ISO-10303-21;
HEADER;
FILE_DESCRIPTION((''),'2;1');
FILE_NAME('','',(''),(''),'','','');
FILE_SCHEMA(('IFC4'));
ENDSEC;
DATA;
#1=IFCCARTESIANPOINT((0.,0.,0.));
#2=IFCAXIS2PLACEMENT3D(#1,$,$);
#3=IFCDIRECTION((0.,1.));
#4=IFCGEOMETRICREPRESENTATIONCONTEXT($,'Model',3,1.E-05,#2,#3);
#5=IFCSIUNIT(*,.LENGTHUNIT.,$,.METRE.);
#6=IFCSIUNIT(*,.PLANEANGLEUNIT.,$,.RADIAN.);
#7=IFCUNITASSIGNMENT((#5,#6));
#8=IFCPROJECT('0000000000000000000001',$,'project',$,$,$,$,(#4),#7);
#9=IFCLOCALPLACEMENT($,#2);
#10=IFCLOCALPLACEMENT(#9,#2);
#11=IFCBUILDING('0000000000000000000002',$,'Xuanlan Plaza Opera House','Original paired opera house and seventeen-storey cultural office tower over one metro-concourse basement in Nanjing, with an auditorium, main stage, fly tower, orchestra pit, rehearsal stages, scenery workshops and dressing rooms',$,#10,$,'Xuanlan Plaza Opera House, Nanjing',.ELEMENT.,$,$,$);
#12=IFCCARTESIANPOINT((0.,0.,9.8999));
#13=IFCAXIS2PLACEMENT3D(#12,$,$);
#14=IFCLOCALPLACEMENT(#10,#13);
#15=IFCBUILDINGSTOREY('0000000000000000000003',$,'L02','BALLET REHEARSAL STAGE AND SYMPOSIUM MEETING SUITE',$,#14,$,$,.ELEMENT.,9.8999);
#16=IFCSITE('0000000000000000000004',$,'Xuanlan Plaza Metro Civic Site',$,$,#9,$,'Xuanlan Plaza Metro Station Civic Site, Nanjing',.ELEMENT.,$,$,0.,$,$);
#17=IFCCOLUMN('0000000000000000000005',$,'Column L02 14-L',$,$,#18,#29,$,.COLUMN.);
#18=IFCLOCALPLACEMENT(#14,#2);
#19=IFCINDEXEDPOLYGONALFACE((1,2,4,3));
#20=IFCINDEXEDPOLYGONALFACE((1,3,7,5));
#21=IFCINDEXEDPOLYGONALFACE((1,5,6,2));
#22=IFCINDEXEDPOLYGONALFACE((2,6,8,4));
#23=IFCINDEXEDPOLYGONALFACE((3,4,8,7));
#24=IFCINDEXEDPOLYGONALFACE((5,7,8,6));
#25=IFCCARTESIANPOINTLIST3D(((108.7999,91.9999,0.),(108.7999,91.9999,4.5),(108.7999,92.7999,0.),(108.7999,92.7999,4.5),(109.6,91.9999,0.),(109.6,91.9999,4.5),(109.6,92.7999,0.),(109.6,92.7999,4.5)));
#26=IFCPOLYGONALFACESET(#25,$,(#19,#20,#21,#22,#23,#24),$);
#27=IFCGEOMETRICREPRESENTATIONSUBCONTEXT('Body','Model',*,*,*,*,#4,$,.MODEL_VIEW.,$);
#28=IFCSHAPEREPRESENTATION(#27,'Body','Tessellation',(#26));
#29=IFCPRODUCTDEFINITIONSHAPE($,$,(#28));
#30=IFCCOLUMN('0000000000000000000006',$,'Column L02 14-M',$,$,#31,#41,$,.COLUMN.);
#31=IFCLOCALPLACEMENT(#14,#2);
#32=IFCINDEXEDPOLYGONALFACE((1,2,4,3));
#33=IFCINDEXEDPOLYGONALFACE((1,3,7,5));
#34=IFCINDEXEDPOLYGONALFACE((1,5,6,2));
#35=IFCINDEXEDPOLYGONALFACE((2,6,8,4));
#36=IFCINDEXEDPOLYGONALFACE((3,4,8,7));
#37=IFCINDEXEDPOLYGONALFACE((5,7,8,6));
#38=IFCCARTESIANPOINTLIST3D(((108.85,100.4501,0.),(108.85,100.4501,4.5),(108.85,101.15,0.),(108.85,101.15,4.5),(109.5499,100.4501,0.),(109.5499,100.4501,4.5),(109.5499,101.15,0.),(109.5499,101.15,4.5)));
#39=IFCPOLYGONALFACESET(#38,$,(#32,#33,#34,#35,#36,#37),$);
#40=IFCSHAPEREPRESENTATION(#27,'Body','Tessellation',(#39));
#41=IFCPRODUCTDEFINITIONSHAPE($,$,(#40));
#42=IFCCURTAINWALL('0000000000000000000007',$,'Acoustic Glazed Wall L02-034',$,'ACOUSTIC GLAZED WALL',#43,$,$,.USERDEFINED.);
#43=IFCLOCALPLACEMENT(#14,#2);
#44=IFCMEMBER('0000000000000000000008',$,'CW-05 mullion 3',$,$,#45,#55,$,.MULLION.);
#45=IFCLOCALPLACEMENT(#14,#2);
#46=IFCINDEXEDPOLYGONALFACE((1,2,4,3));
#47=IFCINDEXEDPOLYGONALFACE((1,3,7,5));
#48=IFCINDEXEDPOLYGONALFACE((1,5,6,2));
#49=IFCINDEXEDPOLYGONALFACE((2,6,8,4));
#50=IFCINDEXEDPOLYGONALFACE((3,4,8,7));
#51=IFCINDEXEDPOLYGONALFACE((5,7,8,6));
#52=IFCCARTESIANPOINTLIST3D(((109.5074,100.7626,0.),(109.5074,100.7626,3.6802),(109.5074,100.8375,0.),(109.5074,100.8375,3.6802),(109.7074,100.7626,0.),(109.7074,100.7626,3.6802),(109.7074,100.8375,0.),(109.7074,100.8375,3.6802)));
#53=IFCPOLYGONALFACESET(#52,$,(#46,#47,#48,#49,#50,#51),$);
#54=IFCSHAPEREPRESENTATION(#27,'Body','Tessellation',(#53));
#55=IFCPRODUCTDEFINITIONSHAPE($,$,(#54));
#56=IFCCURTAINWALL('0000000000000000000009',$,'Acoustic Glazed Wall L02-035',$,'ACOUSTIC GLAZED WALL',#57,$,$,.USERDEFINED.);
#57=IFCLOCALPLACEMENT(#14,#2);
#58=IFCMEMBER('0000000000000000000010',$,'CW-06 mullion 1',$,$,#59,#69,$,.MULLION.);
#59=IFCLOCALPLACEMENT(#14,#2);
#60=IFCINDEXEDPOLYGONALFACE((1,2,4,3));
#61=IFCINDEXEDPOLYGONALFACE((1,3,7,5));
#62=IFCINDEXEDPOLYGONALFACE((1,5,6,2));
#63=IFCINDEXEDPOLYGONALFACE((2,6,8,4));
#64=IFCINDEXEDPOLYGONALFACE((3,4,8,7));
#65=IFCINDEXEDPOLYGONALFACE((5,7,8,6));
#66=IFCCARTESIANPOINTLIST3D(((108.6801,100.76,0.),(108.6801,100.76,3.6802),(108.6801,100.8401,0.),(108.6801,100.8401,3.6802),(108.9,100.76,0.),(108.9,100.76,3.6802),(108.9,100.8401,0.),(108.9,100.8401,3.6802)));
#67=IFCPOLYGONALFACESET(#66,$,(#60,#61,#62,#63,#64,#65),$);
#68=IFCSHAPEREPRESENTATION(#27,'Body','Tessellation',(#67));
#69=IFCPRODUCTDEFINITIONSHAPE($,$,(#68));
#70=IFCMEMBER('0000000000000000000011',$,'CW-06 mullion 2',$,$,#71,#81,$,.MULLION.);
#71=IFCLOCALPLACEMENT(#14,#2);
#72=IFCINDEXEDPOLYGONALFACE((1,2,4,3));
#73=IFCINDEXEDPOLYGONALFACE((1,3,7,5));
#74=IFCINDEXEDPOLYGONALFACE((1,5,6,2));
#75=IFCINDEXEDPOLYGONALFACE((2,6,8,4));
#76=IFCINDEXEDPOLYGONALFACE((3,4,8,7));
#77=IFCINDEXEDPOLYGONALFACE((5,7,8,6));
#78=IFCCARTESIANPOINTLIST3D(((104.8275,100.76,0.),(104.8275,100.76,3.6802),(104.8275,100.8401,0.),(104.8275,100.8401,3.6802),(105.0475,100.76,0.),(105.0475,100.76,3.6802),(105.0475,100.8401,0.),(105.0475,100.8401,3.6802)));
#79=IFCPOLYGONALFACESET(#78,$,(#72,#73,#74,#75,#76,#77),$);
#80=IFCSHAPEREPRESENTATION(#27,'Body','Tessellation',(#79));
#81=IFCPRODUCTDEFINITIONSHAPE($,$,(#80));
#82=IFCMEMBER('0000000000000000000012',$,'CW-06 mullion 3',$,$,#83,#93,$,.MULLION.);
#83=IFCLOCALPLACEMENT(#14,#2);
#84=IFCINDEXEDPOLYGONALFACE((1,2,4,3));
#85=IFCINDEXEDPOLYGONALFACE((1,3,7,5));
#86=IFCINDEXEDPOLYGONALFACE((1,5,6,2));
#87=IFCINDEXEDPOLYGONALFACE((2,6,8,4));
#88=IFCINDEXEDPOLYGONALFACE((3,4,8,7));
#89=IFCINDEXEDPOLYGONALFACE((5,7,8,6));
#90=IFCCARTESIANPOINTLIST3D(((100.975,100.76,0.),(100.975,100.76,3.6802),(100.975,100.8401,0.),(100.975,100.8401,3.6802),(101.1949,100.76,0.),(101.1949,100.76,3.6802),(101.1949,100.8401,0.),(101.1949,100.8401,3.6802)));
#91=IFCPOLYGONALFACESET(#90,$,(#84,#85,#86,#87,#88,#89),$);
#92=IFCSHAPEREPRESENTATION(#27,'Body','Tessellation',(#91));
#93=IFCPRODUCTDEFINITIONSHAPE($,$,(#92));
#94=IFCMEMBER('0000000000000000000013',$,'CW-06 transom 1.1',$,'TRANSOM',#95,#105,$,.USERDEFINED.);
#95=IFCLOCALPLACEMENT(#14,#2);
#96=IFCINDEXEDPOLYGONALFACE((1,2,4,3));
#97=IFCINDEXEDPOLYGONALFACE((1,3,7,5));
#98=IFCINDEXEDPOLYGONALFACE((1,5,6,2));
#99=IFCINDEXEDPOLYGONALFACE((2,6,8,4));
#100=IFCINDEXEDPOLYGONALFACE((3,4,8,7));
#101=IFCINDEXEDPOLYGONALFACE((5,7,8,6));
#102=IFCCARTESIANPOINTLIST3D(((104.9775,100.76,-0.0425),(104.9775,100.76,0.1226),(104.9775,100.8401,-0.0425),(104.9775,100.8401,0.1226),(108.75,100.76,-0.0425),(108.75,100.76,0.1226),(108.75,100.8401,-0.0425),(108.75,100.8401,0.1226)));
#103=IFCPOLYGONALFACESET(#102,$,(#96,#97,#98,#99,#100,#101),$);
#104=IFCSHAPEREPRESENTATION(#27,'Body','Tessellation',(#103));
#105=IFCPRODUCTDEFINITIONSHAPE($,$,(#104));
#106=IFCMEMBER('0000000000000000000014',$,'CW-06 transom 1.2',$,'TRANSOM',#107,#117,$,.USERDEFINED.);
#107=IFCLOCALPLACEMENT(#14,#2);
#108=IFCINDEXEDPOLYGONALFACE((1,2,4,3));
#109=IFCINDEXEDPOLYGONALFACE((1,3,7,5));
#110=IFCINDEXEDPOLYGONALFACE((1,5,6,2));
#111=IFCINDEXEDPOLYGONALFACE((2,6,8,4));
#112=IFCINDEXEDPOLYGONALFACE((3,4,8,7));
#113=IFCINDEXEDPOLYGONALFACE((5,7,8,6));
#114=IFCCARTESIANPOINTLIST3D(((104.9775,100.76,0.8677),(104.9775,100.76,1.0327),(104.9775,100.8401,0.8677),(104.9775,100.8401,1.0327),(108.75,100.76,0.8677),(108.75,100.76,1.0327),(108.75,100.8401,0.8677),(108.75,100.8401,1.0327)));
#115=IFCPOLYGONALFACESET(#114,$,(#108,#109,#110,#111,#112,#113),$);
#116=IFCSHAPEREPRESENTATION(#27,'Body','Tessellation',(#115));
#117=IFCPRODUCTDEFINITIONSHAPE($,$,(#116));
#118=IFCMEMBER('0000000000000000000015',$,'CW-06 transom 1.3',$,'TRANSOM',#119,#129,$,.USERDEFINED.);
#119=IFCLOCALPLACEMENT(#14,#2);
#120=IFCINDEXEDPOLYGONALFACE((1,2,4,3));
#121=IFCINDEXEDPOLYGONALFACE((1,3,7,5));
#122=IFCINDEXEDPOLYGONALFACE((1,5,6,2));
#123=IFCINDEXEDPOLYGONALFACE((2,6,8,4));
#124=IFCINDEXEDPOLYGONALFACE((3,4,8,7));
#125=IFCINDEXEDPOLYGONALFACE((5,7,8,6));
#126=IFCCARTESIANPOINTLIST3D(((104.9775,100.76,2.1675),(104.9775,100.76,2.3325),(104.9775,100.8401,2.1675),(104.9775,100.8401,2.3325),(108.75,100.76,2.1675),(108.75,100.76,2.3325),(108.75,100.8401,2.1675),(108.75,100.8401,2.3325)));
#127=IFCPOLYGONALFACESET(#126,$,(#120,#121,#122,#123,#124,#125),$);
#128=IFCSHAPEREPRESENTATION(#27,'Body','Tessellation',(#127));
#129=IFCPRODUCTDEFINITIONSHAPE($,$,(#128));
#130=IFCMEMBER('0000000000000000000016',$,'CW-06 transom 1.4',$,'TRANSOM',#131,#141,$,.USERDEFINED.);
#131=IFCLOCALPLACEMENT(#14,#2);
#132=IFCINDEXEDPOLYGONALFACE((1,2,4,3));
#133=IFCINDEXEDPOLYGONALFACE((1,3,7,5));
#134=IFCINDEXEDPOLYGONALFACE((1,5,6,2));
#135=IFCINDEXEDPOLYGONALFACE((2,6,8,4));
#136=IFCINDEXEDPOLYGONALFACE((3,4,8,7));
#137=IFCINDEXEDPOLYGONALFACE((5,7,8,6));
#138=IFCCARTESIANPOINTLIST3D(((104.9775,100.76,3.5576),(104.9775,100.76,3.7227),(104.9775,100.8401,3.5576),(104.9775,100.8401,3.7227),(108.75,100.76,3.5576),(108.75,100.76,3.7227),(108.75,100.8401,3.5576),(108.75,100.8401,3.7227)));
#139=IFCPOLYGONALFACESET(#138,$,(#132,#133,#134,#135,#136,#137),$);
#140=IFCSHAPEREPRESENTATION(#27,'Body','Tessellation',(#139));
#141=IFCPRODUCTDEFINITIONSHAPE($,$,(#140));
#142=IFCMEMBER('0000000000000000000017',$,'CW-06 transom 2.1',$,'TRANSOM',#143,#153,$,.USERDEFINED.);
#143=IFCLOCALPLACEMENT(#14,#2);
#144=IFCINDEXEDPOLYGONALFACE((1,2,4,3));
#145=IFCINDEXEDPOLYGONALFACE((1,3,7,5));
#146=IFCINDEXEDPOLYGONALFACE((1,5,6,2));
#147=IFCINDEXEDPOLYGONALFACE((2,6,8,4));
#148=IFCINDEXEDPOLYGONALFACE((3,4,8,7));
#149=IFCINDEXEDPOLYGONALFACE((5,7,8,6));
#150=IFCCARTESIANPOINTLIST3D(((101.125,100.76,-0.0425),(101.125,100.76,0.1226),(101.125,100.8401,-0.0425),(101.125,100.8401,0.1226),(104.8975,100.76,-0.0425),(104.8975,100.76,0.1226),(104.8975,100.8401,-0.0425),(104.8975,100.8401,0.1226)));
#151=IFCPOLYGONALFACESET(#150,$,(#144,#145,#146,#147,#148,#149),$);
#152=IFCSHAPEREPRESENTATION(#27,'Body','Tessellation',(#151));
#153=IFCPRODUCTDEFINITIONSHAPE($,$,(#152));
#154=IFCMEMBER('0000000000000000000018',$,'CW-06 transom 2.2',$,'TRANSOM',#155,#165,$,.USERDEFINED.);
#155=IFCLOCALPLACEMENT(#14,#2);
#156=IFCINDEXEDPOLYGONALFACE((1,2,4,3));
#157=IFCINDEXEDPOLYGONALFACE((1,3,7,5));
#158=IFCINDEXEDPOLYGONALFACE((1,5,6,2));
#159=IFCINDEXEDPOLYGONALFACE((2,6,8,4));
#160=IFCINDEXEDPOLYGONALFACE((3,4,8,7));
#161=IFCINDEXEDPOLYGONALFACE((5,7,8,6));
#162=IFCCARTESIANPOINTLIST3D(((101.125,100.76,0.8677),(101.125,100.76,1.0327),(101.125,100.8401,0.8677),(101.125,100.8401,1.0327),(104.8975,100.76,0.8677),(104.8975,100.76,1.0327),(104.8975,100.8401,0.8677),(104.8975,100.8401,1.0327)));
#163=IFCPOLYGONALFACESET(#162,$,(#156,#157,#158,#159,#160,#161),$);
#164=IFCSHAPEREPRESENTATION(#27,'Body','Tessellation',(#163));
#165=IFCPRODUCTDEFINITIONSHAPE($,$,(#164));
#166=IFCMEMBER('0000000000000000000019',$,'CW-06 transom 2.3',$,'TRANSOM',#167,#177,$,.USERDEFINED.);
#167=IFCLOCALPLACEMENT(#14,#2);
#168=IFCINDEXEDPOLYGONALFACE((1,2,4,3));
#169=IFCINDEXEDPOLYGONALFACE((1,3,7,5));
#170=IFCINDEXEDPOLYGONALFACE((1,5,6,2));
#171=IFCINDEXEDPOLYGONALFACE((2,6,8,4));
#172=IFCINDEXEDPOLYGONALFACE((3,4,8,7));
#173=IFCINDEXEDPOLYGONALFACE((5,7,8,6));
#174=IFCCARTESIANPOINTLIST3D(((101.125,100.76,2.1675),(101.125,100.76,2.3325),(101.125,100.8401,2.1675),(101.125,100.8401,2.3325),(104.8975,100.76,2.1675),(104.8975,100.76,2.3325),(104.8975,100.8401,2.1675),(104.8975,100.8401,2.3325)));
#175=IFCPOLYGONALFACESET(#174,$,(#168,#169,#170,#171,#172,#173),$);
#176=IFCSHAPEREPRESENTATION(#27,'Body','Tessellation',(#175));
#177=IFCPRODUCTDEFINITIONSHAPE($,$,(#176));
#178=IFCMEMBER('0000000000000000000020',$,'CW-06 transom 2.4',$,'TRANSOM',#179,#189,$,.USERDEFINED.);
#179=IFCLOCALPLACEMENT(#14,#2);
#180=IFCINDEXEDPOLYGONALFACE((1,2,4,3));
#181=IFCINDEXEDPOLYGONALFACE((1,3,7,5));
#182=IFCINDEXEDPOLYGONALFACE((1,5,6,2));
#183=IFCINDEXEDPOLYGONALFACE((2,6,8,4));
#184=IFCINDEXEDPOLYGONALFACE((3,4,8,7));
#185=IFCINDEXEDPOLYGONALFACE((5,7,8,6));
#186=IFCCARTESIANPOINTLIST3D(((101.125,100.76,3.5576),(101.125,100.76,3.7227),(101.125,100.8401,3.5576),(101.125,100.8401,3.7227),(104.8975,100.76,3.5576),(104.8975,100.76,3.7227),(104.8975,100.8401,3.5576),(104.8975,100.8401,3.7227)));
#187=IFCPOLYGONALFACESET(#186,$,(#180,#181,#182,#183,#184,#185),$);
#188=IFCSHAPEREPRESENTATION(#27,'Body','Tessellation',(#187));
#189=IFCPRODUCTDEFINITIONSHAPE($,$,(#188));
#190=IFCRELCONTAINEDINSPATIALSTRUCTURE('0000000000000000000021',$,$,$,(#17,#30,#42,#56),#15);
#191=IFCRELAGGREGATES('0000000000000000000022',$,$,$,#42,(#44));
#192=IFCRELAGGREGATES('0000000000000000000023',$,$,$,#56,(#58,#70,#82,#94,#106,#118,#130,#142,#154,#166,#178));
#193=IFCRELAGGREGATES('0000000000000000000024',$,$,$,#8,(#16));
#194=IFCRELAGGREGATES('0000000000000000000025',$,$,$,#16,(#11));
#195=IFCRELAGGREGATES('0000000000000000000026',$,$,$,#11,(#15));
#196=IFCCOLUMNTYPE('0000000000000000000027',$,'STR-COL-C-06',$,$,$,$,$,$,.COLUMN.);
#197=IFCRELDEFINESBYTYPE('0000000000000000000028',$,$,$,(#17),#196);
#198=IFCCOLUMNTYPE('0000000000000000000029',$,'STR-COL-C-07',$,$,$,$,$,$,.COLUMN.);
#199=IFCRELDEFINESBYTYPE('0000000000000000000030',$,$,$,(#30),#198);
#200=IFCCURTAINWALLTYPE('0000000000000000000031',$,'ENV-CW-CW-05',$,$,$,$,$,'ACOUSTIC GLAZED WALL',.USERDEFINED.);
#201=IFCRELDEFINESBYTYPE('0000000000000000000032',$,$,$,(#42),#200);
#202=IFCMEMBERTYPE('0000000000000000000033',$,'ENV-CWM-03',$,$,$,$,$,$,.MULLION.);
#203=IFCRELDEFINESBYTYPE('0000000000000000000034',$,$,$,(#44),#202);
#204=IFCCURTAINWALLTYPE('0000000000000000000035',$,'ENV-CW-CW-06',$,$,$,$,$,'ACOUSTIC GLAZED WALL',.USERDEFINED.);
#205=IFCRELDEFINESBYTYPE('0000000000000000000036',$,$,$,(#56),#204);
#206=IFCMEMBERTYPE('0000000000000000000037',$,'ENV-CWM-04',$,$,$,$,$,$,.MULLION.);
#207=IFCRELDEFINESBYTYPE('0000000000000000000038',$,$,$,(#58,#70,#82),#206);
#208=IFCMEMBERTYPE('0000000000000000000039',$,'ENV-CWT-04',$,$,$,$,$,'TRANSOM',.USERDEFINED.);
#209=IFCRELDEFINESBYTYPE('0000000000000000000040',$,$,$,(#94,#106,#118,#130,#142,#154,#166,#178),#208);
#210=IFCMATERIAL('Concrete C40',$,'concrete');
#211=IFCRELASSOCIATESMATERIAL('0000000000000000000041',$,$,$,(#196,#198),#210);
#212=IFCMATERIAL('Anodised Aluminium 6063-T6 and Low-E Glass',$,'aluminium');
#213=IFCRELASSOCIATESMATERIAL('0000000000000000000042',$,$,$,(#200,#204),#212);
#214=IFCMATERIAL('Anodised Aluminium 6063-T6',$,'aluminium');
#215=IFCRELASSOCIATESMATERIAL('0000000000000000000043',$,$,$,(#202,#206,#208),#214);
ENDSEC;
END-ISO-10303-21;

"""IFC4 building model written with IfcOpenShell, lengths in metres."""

from ifc_helpers import new_model, si_unit, direction, frame, origin, origin_2d, place, context, subcontext, project, spatial, rectangle, extrude, material, material_profile, profile_set, type_object, element, aggregate, save


model = new_model("IFC4")

# Units and contexts
model_context = context("Model", 3, precision=1e-05, world=origin(), true_north=direction((0.0, 1.0)))
body_context = subcontext(model_context, "Body", "Model", "MODEL_VIEW")
ifc_project = project(units=[si_unit("LENGTHUNIT", "METRE"), si_unit("PLANEANGLEUNIT", "RADIAN")], contexts=[model_context])

# Site, building, storey
site_placement = place(None, origin())
site = spatial("IfcSite", under=ifc_project, at=site_placement, Name="Xuanlan Plaza Metro Civic Site", LongName="Xuanlan Plaza Metro Station Civic Site, Nanjing", CompositionType="ELEMENT", RefElevation=0.0)
building_placement = place(site_placement, origin())
building = spatial("IfcBuilding", under=site, at=building_placement, Name="Xuanlan Plaza Opera House", Description="Original paired opera house and seventeen-storey cultural office tower over one metro-concourse basement in Nanjing, with an auditorium, main stage, fly tower, orchestra pit, rehearsal stages, scenery workshops and dressing rooms", LongName="Xuanlan Plaza Opera House, Nanjing", CompositionType="ELEMENT")
storey_placement = place(building_placement, frame((0.0, 0.0, 9.8999)))
storey = spatial("IfcBuildingStorey", under=building, at=storey_placement, Name="L02", Description="BALLET REHEARSAL STAGE AND SYMPOSIUM MEETING SUITE", CompositionType="ELEMENT", Elevation=9.8999)

# Columns
ifc_material_1 = material(Name="Concrete C40", Category="concrete")
ifc_material_profile_1 = material_profile(ifc_material_1, rectangle(XDim=0.8, YDim=0.8, at=origin_2d()), Name="RC-COL 800x800")
ifc_profile_set_1 = profile_set([ifc_material_profile_1], Name="Concrete C40")
column_type_1 = type_object("IfcColumnType", Name="STR-COL-C-06", PredefinedType="COLUMN", material=ifc_profile_set_1)
column_1_placement = place(storey_placement, frame((109.2, 92.3999, 0.0), z_axis=(0.0, 0.0, 1.0), x_axis=(1.0, 0.0, 0.0)))
element("IfcColumn", 1, at=column_1_placement, inside=storey, type_object=column_type_1, Name="Column L02 14-L", PredefinedType="COLUMN", context=body_context, shape_type="SweptSolid", body=[
    extrude(rectangle(XDim=0.8, YDim=0.8, at=origin_2d()), origin(), (0.0, 0.0, 1.0), 4.5),
])
ifc_material_profile_2 = material_profile(ifc_material_1, rectangle(XDim=0.7, YDim=0.7, at=origin_2d()), Name="RC-COL 700x700")
ifc_profile_set_2 = profile_set([ifc_material_profile_2], Name="Concrete C40")
column_type_2 = type_object("IfcColumnType", Name="STR-COL-C-07", PredefinedType="COLUMN", material=ifc_profile_set_2)
column_2_placement = place(storey_placement, frame((109.2, 100.8, 0.0), z_axis=(0.0, 0.0, 1.0), x_axis=(1.0, 0.0, 0.0)))
element("IfcColumn", 2, at=column_2_placement, inside=storey, type_object=column_type_2, Name="Column L02 14-M", PredefinedType="COLUMN", context=body_context, shape_type="SweptSolid", body=[
    extrude(rectangle(XDim=0.7, YDim=0.7, at=origin_2d()), origin(), (0.0, 0.0, 1.0), 4.5),
])

# Curtain wall, member
ifc_material_2 = material(Name="Anodised Aluminium 6063-T6 and Low-E Glass", Category="aluminium")
curtain_wall_type_1 = type_object("IfcCurtainWallType", Name="ENV-CW-CW-05", ElementType="ACOUSTIC GLAZED WALL", PredefinedType="USERDEFINED", material=ifc_material_2)
curtain_wall_1_placement = place(storey_placement, origin())
curtain_wall_1 = element("IfcCurtainWall", 3, at=curtain_wall_1_placement, inside=storey, type_object=curtain_wall_type_1, Name="Acoustic Glazed Wall L02-034", ObjectType="ACOUSTIC GLAZED WALL", PredefinedType="USERDEFINED")
ifc_material_3 = material(Name="Anodised Aluminium 6063-T6", Category="aluminium")
ifc_material_profile_3 = material_profile(ifc_material_3, rectangle(XDim=0.075, YDim=0.2, at=origin_2d()), Name="ALU-M 75x200")
ifc_profile_set_3 = profile_set([ifc_material_profile_3], Name="Anodised Aluminium 6063-T6")
member_type_1 = type_object("IfcMemberType", Name="ENV-CWM-03", PredefinedType="MULLION", material=ifc_profile_set_3)
member_1_placement = place(storey_placement, frame((109.6074, 100.8, 0.0), z_axis=(0.0, 0.0, 1.0), x_axis=(0.0, -1.0, 0.0)))
member_1 = element("IfcMember", 4, at=member_1_placement, type_object=member_type_1, Name="CW-05 mullion 3", PredefinedType="MULLION", context=body_context, shape_type="SweptSolid", body=[
    extrude(rectangle(XDim=0.075, YDim=0.2, at=origin_2d()), origin(), (0.0, 0.0, 1.0), 3.6802),
])
aggregate(curtain_wall_1, [member_1])

# Curtain wall, members
curtain_wall_type_2 = type_object("IfcCurtainWallType", Name="ENV-CW-CW-06", ElementType="ACOUSTIC GLAZED WALL", PredefinedType="USERDEFINED", material=ifc_material_2)
curtain_wall_2_placement = place(storey_placement, origin())
curtain_wall_2 = element("IfcCurtainWall", 5, at=curtain_wall_2_placement, inside=storey, type_object=curtain_wall_type_2, Name="Acoustic Glazed Wall L02-035", ObjectType="ACOUSTIC GLAZED WALL", PredefinedType="USERDEFINED")
ifc_material_profile_4 = material_profile(ifc_material_3, rectangle(XDim=0.0801, YDim=0.22, at=origin_2d()), Name="ALU-M 80x220")
ifc_profile_set_4 = profile_set([ifc_material_profile_4], Name="Anodised Aluminium 6063-T6")
member_type_2 = type_object("IfcMemberType", Name="ENV-CWM-04", PredefinedType="MULLION", material=ifc_profile_set_4)
member_2_placement = place(storey_placement, frame((108.79, 100.8, 0.0), z_axis=(0.0, 0.0, 1.0), x_axis=(0.0, -1.0, 0.0)))
member_2 = element("IfcMember", 6, at=member_2_placement, type_object=member_type_2, Name="CW-06 mullion 1", PredefinedType="MULLION", context=body_context, shape_type="SweptSolid", body=[
    extrude(rectangle(XDim=0.0801, YDim=0.22, at=origin_2d()), origin(), (0.0, 0.0, 1.0), 3.6802),
])
member_3_placement = place(storey_placement, frame((104.9375, 100.8, 0.0), z_axis=(0.0, 0.0, 1.0), x_axis=(0.0, -1.0, 0.0)))
member_3 = element("IfcMember", 7, at=member_3_placement, type_object=member_type_2, Name="CW-06 mullion 2", PredefinedType="MULLION", context=body_context, shape_type="SweptSolid", body=[
    extrude(rectangle(XDim=0.0801, YDim=0.22, at=origin_2d()), origin(), (0.0, 0.0, 1.0), 3.6802),
])
member_4_placement = place(storey_placement, frame((101.085, 100.8, 0.0), z_axis=(0.0, 0.0, 1.0), x_axis=(0.0, -1.0, 0.0)))
member_4 = element("IfcMember", 8, at=member_4_placement, type_object=member_type_2, Name="CW-06 mullion 3", PredefinedType="MULLION", context=body_context, shape_type="SweptSolid", body=[
    extrude(rectangle(XDim=0.0801, YDim=0.22, at=origin_2d()), origin(), (0.0, 0.0, 1.0), 3.6802),
])
ifc_material_profile_5 = material_profile(ifc_material_3, rectangle(XDim=0.0801, YDim=0.165, at=origin_2d()), Name="ALU-T 80x165")
ifc_profile_set_5 = profile_set([ifc_material_profile_5], Name="Anodised Aluminium 6063-T6")
member_type_3 = type_object("IfcMemberType", Name="ENV-CWT-04", ElementType="TRANSOM", PredefinedType="USERDEFINED", material=ifc_profile_set_5)
member_5_placement = place(storey_placement, frame((108.75, 100.8, 0.04), z_axis=(-1.0, 0.0, 0.0), x_axis=(0.0, -1.0, 0.0)))
member_5 = element("IfcMember", 9, at=member_5_placement, type_object=member_type_3, Name="CW-06 transom 1.1", ObjectType="TRANSOM", PredefinedType="USERDEFINED", context=body_context, shape_type="SweptSolid", body=[
    extrude(rectangle(XDim=0.0801, YDim=0.165, at=origin_2d()), origin(), (0.0, 0.0, 1.0), 3.7725),
])
member_6_placement = place(storey_placement, frame((108.75, 100.8, 0.9502), z_axis=(-1.0, 0.0, 0.0), x_axis=(0.0, -1.0, 0.0)))
member_6 = element("IfcMember", 10, at=member_6_placement, type_object=member_type_3, Name="CW-06 transom 1.2", ObjectType="TRANSOM", PredefinedType="USERDEFINED", context=body_context, shape_type="SweptSolid", body=[
    extrude(rectangle(XDim=0.0801, YDim=0.165, at=origin_2d()), origin(), (0.0, 0.0, 1.0), 3.7725),
])
member_7_placement = place(storey_placement, frame((108.75, 100.8, 2.25), z_axis=(-1.0, 0.0, 0.0), x_axis=(0.0, -1.0, 0.0)))
member_7 = element("IfcMember", 11, at=member_7_placement, type_object=member_type_3, Name="CW-06 transom 1.3", ObjectType="TRANSOM", PredefinedType="USERDEFINED", context=body_context, shape_type="SweptSolid", body=[
    extrude(rectangle(XDim=0.0801, YDim=0.165, at=origin_2d()), origin(), (0.0, 0.0, 1.0), 3.7725),
])
member_8_placement = place(storey_placement, frame((108.75, 100.8, 3.6401), z_axis=(-1.0, 0.0, 0.0), x_axis=(0.0, -1.0, 0.0)))
member_8 = element("IfcMember", 12, at=member_8_placement, type_object=member_type_3, Name="CW-06 transom 1.4", ObjectType="TRANSOM", PredefinedType="USERDEFINED", context=body_context, shape_type="SweptSolid", body=[
    extrude(rectangle(XDim=0.0801, YDim=0.165, at=origin_2d()), origin(), (0.0, 0.0, 1.0), 3.7725),
])
member_9_placement = place(storey_placement, frame((104.8975, 100.8, 0.04), z_axis=(-1.0, 0.0, 0.0), x_axis=(0.0, -1.0, 0.0)))
member_9 = element("IfcMember", 13, at=member_9_placement, type_object=member_type_3, Name="CW-06 transom 2.1", ObjectType="TRANSOM", PredefinedType="USERDEFINED", context=body_context, shape_type="SweptSolid", body=[
    extrude(rectangle(XDim=0.0801, YDim=0.165, at=origin_2d()), origin(), (0.0, 0.0, 1.0), 3.7725),
])
member_10_placement = place(storey_placement, frame((104.8975, 100.8, 0.9502), z_axis=(-1.0, 0.0, 0.0), x_axis=(0.0, -1.0, 0.0)))
member_10 = element("IfcMember", 14, at=member_10_placement, type_object=member_type_3, Name="CW-06 transom 2.2", ObjectType="TRANSOM", PredefinedType="USERDEFINED", context=body_context, shape_type="SweptSolid", body=[
    extrude(rectangle(XDim=0.0801, YDim=0.165, at=origin_2d()), origin(), (0.0, 0.0, 1.0), 3.7725),
])
member_11_placement = place(storey_placement, frame((104.8975, 100.8, 2.25), z_axis=(-1.0, 0.0, 0.0), x_axis=(0.0, -1.0, 0.0)))
member_11 = element("IfcMember", 15, at=member_11_placement, type_object=member_type_3, Name="CW-06 transom 2.3", ObjectType="TRANSOM", PredefinedType="USERDEFINED", context=body_context, shape_type="SweptSolid", body=[
    extrude(rectangle(XDim=0.0801, YDim=0.165, at=origin_2d()), origin(), (0.0, 0.0, 1.0), 3.7725),
])
member_12_placement = place(storey_placement, frame((104.8975, 100.8, 3.6401), z_axis=(-1.0, 0.0, 0.0), x_axis=(0.0, -1.0, 0.0)))
member_12 = element("IfcMember", 16, at=member_12_placement, type_object=member_type_3, Name="CW-06 transom 2.4", ObjectType="TRANSOM", PredefinedType="USERDEFINED", context=body_context, shape_type="SweptSolid", body=[
    extrude(rectangle(XDim=0.0801, YDim=0.165, at=origin_2d()), origin(), (0.0, 0.0, 1.0), 3.7725),
])

aggregate(curtain_wall_2, [member_2, member_3, member_4, member_5, member_6, member_7, member_8, member_9, member_10, member_11, member_12])

save(model, "model.ifc")
